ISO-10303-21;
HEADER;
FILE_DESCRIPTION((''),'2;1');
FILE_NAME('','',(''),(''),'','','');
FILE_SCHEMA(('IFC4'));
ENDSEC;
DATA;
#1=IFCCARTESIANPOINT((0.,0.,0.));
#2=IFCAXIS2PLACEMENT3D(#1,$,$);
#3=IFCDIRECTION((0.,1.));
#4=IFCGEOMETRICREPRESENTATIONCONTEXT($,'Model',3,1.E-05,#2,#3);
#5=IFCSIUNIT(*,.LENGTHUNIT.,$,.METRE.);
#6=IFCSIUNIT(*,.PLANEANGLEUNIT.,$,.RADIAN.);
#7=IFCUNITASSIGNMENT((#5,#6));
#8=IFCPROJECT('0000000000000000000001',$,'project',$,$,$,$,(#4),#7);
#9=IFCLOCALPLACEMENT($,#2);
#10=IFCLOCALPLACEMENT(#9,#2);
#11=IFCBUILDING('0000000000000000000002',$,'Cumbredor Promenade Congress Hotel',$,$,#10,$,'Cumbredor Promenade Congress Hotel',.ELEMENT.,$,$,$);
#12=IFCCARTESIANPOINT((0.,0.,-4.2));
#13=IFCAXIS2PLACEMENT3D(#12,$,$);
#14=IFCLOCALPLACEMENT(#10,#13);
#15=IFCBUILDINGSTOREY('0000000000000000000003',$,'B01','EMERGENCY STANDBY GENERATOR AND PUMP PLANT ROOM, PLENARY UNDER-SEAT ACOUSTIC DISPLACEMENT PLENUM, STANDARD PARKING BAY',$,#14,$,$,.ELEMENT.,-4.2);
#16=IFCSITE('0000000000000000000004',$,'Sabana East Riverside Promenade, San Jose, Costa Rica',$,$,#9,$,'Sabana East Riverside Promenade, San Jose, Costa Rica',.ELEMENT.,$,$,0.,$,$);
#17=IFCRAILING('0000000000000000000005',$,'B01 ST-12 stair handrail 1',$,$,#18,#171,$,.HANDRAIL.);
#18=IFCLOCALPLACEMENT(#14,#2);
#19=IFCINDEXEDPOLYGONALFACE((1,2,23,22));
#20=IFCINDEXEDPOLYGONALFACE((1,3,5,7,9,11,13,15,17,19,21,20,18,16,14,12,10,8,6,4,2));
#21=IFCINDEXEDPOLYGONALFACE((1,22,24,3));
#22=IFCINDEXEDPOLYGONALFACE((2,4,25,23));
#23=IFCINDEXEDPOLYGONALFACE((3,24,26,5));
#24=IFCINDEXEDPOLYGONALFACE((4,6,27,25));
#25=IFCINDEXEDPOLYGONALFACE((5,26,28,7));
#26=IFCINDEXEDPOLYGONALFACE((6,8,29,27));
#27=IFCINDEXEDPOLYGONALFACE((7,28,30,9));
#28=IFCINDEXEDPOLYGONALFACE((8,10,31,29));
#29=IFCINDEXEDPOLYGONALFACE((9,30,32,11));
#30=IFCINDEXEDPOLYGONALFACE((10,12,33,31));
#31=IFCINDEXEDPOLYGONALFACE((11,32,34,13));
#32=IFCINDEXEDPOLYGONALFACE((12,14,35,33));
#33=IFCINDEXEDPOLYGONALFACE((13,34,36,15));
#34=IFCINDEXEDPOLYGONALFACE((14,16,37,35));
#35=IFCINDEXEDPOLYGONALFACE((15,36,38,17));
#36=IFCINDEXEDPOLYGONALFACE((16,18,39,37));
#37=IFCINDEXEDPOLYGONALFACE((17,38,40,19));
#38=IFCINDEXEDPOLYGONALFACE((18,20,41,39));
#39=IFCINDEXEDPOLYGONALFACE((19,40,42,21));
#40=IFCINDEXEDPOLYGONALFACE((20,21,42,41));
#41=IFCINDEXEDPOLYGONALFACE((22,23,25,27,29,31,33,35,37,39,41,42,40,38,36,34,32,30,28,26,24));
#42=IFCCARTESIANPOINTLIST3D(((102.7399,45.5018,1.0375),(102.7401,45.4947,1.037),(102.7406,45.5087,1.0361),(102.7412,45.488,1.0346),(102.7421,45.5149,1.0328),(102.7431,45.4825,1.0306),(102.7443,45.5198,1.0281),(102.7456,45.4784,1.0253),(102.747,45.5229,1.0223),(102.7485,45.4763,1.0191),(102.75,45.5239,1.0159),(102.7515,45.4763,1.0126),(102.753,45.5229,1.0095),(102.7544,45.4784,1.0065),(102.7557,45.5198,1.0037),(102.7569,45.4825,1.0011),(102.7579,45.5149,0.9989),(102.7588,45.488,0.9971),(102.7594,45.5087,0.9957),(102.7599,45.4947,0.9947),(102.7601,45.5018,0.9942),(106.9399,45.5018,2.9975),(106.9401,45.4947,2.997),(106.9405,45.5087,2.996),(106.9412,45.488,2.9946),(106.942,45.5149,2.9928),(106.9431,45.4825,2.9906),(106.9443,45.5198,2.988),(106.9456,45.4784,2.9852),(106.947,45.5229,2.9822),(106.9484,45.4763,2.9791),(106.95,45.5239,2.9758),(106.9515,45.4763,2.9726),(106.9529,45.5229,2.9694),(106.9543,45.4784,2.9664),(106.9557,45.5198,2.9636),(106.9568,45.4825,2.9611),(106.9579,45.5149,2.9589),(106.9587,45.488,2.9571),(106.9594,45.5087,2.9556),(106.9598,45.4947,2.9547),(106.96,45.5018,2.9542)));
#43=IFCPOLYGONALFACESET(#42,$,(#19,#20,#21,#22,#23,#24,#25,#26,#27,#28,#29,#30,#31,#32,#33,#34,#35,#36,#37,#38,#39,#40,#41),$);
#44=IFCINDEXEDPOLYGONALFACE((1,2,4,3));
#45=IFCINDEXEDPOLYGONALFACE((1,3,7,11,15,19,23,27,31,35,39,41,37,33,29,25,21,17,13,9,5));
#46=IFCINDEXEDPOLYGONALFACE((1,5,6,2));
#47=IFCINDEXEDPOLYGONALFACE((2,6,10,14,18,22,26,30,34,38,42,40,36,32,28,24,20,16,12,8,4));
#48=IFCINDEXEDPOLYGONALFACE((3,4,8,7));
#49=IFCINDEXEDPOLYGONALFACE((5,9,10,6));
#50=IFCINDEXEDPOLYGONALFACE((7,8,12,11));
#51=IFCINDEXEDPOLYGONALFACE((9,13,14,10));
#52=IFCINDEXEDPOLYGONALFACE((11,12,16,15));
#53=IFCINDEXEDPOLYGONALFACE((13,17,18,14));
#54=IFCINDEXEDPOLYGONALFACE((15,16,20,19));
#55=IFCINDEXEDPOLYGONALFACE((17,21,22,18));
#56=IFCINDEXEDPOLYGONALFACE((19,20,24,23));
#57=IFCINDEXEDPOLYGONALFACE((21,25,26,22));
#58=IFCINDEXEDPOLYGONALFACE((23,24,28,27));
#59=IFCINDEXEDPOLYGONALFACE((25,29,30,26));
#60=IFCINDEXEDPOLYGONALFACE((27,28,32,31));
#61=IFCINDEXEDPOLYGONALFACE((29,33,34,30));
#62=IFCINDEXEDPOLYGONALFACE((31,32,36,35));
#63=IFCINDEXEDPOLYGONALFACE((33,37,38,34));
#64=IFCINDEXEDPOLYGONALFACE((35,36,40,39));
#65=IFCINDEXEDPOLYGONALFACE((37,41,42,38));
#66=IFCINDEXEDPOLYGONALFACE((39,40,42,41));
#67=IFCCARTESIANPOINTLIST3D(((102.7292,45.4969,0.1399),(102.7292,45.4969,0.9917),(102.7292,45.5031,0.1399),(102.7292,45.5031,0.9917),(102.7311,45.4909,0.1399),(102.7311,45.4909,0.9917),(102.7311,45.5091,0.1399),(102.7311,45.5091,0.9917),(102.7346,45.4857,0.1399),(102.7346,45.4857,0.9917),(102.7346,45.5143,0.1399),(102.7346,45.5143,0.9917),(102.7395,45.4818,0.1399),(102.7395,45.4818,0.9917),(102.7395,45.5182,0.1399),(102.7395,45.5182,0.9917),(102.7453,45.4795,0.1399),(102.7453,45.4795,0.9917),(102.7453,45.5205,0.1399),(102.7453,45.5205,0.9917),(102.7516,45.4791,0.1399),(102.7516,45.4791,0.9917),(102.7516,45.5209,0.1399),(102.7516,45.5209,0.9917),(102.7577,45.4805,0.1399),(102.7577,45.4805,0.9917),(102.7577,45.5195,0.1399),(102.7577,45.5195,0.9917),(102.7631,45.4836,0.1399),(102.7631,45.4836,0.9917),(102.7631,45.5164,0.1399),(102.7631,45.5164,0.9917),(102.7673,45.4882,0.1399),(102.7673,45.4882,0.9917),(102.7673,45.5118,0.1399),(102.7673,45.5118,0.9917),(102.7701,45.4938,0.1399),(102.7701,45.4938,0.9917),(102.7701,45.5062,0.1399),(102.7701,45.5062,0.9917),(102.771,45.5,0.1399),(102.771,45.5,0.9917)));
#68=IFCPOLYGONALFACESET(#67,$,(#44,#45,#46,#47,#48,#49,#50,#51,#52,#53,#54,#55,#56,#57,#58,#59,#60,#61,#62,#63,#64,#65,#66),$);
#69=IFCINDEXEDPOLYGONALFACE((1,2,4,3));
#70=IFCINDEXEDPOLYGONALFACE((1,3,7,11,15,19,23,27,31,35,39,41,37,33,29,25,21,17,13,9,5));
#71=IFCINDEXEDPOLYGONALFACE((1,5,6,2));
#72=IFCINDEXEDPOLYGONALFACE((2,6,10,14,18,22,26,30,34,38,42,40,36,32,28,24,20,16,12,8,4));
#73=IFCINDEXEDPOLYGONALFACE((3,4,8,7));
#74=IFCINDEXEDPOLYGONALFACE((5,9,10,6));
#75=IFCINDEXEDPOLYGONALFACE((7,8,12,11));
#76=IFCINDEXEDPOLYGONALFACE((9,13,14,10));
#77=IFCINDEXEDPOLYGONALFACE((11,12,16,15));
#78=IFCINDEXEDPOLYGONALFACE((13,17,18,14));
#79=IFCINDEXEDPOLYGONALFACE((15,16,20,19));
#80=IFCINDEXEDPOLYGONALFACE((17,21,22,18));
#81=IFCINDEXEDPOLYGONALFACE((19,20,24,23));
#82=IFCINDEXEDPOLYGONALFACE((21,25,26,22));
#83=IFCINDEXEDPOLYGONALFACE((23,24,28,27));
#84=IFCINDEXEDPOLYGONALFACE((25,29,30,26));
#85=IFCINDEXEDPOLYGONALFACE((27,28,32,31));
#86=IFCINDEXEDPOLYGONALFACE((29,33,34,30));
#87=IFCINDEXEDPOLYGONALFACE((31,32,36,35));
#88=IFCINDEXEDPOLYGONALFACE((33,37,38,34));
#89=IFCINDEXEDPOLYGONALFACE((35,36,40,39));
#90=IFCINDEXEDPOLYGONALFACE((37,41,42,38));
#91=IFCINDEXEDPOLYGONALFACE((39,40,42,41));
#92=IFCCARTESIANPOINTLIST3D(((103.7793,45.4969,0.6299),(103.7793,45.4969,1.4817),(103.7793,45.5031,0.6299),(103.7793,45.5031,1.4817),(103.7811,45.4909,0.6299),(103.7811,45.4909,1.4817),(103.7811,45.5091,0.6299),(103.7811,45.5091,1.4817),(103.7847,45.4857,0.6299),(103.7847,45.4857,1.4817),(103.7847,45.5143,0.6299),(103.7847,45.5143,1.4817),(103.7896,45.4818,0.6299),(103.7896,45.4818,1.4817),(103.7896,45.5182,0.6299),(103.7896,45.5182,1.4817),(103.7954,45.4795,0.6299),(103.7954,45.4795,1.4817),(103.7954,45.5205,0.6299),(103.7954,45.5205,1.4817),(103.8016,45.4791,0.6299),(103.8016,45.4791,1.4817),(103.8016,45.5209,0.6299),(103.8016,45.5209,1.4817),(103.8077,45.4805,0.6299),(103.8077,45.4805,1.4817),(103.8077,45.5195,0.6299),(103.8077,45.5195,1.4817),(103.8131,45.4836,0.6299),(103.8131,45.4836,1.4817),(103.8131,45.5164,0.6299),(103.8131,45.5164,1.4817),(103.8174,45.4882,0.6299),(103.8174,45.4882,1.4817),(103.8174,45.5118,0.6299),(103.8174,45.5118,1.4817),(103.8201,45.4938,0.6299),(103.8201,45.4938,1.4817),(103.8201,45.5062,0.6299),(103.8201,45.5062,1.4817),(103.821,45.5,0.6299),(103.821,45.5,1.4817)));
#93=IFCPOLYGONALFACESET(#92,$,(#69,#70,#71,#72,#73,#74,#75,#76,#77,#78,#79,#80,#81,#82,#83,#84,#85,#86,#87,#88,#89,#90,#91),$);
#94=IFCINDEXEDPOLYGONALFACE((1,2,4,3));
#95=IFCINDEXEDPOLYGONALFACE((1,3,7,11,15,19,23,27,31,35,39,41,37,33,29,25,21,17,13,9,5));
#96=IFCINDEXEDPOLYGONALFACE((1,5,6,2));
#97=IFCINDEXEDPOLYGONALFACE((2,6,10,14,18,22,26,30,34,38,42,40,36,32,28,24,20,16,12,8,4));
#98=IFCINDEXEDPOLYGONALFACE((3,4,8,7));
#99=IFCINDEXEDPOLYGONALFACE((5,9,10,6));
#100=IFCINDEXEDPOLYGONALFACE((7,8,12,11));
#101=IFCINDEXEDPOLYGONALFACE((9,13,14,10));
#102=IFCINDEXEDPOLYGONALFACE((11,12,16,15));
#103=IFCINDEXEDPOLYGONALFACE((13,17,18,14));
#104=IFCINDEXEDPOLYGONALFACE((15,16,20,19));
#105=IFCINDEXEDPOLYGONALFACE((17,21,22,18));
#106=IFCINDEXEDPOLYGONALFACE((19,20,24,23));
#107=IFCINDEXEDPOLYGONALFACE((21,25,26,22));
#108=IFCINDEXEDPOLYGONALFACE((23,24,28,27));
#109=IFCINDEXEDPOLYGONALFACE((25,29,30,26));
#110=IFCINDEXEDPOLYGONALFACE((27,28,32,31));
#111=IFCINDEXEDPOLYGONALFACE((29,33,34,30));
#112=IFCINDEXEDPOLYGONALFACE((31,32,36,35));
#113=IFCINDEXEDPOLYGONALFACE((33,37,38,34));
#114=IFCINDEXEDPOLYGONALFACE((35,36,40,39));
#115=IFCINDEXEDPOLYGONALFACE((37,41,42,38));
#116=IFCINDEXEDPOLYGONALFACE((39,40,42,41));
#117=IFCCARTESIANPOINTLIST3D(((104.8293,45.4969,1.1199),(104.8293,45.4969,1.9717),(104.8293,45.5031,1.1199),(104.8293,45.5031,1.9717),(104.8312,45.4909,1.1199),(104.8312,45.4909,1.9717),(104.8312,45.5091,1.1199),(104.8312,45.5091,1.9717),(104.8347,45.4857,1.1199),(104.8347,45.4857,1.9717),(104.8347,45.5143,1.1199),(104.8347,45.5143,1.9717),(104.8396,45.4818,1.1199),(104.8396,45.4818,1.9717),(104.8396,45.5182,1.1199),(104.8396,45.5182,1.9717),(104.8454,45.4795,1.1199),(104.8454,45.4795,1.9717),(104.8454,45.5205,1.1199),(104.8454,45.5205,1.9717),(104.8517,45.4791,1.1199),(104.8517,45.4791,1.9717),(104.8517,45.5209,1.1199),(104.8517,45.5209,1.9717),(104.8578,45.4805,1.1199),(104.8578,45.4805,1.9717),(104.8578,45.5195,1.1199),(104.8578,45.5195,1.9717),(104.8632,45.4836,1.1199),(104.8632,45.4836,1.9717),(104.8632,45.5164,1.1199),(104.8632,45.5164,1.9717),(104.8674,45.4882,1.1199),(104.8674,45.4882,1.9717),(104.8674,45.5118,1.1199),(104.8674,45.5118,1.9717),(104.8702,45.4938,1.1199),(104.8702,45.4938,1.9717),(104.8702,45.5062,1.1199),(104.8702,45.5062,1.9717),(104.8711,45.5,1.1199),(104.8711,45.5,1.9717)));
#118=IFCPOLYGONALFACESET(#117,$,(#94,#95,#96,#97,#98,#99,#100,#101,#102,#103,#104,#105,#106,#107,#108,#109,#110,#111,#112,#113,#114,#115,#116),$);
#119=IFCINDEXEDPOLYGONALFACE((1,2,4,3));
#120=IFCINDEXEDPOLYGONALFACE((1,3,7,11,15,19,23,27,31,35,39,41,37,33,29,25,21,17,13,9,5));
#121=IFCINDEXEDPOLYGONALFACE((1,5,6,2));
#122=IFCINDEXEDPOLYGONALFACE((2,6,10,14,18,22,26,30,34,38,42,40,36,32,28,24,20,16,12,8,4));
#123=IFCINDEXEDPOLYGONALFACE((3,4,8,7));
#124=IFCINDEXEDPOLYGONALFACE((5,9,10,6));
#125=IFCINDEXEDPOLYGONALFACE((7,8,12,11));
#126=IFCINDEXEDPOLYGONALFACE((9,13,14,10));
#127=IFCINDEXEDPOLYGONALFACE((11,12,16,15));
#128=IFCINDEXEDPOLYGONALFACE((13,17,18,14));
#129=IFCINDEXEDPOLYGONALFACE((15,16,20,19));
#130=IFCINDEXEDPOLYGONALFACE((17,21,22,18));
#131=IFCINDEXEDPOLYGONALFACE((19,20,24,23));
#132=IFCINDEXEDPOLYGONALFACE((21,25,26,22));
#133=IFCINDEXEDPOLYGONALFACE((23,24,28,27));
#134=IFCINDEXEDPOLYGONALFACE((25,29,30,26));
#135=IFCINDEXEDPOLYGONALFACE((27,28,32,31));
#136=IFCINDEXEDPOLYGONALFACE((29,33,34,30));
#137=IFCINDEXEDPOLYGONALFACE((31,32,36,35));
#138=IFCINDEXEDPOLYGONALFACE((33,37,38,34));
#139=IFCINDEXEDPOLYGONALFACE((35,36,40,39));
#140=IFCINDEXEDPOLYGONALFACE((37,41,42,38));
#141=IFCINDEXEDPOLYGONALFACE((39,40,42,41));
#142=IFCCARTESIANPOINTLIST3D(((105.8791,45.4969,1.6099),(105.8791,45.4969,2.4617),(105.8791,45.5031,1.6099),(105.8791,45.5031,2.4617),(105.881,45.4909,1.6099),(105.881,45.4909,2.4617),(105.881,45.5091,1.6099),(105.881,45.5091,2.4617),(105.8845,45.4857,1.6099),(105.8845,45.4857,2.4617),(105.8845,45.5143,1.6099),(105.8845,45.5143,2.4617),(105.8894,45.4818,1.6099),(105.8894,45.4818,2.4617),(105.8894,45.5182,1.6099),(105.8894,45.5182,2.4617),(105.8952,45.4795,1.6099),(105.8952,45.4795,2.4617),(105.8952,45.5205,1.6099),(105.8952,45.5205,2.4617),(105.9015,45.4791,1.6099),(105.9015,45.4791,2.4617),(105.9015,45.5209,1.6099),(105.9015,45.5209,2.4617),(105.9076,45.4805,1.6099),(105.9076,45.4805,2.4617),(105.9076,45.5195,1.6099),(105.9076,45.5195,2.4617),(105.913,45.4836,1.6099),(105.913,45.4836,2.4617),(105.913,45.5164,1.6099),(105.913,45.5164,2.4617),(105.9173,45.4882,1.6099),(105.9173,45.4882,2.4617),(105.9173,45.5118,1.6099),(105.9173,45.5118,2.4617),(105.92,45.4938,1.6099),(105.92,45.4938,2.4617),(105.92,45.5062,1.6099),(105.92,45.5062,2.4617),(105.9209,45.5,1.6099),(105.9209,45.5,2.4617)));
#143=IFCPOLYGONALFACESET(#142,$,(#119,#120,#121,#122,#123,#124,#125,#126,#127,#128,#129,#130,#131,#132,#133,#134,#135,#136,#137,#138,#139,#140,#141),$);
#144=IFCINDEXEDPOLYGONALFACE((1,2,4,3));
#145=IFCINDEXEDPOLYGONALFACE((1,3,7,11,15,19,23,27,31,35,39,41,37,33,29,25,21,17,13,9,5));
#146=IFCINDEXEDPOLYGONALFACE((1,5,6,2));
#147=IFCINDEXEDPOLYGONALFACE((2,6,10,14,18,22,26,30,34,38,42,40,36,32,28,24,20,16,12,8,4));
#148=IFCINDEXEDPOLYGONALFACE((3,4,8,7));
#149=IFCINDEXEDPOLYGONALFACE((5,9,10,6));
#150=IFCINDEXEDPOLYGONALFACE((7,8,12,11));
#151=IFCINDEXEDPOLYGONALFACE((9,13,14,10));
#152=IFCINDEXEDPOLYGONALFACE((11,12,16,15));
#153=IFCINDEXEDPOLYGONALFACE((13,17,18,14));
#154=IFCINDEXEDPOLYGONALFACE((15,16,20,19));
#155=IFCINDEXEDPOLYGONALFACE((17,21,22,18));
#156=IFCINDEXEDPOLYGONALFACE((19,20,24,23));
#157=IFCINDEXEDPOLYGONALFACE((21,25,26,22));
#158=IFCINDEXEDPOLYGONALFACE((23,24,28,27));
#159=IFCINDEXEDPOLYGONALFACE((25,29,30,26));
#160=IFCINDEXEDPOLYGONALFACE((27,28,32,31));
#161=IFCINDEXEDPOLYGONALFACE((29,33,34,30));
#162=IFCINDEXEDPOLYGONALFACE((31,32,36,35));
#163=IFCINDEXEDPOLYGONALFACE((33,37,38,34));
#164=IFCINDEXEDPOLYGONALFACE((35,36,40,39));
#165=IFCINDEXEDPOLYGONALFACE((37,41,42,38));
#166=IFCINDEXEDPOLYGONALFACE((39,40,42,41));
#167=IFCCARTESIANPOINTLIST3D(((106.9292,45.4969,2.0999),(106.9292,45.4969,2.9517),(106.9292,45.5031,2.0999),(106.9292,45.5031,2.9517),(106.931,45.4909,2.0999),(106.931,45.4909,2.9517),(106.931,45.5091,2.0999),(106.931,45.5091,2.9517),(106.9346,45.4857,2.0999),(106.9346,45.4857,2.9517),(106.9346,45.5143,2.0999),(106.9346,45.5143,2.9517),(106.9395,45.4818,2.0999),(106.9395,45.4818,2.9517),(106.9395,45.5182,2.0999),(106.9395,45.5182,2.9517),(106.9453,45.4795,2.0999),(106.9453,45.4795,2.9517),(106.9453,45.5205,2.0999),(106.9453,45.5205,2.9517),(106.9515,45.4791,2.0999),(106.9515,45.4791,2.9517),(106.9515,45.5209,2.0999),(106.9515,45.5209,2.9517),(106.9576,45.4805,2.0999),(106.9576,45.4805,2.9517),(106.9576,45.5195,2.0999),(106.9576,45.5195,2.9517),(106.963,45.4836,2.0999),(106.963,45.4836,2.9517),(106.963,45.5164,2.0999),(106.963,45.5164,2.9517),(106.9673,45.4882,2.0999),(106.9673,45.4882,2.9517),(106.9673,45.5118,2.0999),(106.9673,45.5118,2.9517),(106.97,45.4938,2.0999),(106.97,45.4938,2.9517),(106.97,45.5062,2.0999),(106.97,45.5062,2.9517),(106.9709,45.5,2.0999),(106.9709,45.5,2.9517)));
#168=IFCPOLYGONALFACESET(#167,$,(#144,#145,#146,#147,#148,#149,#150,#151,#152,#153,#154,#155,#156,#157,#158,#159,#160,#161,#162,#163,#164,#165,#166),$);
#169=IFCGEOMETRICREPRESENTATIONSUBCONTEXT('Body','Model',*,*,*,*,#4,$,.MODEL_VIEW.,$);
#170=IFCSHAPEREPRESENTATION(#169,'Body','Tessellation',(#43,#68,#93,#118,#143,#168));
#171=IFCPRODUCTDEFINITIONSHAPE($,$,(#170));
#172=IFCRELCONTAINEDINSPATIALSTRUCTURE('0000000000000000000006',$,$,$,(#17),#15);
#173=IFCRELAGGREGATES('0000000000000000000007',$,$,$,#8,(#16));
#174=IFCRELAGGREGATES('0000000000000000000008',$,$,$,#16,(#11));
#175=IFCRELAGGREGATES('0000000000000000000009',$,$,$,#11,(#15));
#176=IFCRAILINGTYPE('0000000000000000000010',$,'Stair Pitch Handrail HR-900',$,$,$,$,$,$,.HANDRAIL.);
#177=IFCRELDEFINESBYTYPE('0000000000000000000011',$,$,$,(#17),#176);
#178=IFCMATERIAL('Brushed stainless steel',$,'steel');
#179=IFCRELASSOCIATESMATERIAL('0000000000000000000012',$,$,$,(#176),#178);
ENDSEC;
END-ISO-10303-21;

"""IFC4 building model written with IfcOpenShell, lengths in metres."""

from ifc_helpers import new_model, si_unit, direction, frame, origin, origin_2d, place, context, subcontext, project, spatial, circle, extrude, material, type_object, element, save


model = new_model("IFC4")

# Units and contexts
model_context = context("Model", 3, precision=1e-05, world=origin(), true_north=direction((0.0, 1.0)))
body_context = subcontext(model_context, "Body", "Model", "MODEL_VIEW")
ifc_project = project(units=[si_unit("LENGTHUNIT", "METRE"), si_unit("PLANEANGLEUNIT", "RADIAN")], contexts=[model_context])

# Site, building, storey
site_placement = place(None, origin())
site = spatial("IfcSite", under=ifc_project, at=site_placement, Name="Sabana East Riverside Promenade, San Jose, Costa Rica", LongName="Sabana East Riverside Promenade, San Jose, Costa Rica", CompositionType="ELEMENT", RefElevation=0.0)
building_placement = place(site_placement, origin())
building = spatial("IfcBuilding", under=site, at=building_placement, Name="Cumbredor Promenade Congress Hotel", LongName="Cumbredor Promenade Congress Hotel", CompositionType="ELEMENT")
storey_placement = place(building_placement, frame((0.0, 0.0, -4.2)))
storey = spatial("IfcBuildingStorey", under=building, at=storey_placement, Name="B01", Description="EMERGENCY STANDBY GENERATOR AND PUMP PLANT ROOM, PLENARY UNDER-SEAT ACOUSTIC DISPLACEMENT PLENUM, STANDARD PARKING BAY", CompositionType="ELEMENT", Elevation=-4.2)

# Railing
ifc_material_1 = material(Name="Brushed stainless steel", Category="steel")
railing_type_1 = type_object("IfcRailingType", Name="Stair Pitch Handrail HR-900", PredefinedType="HANDRAIL", material=ifc_material_1)
railing_1_placement = place(storey_placement, frame((102.75, 45.5, 0.1399)))
element("IfcRailing", 1, at=railing_1_placement, inside=storey, type_object=railing_type_1, Name="B01 ST-12 stair handrail 1", PredefinedType="HANDRAIL", context=body_context, shape_type="SweptSolid", body=[
    extrude(circle(Radius=0.0239, at=origin_2d()), frame((0.0, 0.0, 0.876), z_axis=(0.906184, 0.0, 0.422883), x_axis=(0.0, 1.0, 0.0)), (0.0, 0.0, 1.0), 4.6348),
    extrude(circle(Radius=0.021, at=origin_2d()), origin(), (0.0, 0.0, 1.0), 0.8518),
    extrude(circle(Radius=0.021, at=origin_2d()), frame((1.05, 0.0, 0.49)), (0.0, 0.0, 1.0), 0.8518),
    extrude(circle(Radius=0.021, at=origin_2d()), frame((2.1001, 0.0, 0.98)), (0.0, 0.0, 1.0), 0.8518),
    extrude(circle(Radius=0.021, at=origin_2d()), frame((3.1499, 0.0, 1.47)), (0.0, 0.0, 1.0), 0.8518),
    extrude(circle(Radius=0.021, at=origin_2d()), frame((4.2, 0.0, 1.96)), (0.0, 0.0, 1.0), 0.8518),
])

save(model, "model.ifc")
